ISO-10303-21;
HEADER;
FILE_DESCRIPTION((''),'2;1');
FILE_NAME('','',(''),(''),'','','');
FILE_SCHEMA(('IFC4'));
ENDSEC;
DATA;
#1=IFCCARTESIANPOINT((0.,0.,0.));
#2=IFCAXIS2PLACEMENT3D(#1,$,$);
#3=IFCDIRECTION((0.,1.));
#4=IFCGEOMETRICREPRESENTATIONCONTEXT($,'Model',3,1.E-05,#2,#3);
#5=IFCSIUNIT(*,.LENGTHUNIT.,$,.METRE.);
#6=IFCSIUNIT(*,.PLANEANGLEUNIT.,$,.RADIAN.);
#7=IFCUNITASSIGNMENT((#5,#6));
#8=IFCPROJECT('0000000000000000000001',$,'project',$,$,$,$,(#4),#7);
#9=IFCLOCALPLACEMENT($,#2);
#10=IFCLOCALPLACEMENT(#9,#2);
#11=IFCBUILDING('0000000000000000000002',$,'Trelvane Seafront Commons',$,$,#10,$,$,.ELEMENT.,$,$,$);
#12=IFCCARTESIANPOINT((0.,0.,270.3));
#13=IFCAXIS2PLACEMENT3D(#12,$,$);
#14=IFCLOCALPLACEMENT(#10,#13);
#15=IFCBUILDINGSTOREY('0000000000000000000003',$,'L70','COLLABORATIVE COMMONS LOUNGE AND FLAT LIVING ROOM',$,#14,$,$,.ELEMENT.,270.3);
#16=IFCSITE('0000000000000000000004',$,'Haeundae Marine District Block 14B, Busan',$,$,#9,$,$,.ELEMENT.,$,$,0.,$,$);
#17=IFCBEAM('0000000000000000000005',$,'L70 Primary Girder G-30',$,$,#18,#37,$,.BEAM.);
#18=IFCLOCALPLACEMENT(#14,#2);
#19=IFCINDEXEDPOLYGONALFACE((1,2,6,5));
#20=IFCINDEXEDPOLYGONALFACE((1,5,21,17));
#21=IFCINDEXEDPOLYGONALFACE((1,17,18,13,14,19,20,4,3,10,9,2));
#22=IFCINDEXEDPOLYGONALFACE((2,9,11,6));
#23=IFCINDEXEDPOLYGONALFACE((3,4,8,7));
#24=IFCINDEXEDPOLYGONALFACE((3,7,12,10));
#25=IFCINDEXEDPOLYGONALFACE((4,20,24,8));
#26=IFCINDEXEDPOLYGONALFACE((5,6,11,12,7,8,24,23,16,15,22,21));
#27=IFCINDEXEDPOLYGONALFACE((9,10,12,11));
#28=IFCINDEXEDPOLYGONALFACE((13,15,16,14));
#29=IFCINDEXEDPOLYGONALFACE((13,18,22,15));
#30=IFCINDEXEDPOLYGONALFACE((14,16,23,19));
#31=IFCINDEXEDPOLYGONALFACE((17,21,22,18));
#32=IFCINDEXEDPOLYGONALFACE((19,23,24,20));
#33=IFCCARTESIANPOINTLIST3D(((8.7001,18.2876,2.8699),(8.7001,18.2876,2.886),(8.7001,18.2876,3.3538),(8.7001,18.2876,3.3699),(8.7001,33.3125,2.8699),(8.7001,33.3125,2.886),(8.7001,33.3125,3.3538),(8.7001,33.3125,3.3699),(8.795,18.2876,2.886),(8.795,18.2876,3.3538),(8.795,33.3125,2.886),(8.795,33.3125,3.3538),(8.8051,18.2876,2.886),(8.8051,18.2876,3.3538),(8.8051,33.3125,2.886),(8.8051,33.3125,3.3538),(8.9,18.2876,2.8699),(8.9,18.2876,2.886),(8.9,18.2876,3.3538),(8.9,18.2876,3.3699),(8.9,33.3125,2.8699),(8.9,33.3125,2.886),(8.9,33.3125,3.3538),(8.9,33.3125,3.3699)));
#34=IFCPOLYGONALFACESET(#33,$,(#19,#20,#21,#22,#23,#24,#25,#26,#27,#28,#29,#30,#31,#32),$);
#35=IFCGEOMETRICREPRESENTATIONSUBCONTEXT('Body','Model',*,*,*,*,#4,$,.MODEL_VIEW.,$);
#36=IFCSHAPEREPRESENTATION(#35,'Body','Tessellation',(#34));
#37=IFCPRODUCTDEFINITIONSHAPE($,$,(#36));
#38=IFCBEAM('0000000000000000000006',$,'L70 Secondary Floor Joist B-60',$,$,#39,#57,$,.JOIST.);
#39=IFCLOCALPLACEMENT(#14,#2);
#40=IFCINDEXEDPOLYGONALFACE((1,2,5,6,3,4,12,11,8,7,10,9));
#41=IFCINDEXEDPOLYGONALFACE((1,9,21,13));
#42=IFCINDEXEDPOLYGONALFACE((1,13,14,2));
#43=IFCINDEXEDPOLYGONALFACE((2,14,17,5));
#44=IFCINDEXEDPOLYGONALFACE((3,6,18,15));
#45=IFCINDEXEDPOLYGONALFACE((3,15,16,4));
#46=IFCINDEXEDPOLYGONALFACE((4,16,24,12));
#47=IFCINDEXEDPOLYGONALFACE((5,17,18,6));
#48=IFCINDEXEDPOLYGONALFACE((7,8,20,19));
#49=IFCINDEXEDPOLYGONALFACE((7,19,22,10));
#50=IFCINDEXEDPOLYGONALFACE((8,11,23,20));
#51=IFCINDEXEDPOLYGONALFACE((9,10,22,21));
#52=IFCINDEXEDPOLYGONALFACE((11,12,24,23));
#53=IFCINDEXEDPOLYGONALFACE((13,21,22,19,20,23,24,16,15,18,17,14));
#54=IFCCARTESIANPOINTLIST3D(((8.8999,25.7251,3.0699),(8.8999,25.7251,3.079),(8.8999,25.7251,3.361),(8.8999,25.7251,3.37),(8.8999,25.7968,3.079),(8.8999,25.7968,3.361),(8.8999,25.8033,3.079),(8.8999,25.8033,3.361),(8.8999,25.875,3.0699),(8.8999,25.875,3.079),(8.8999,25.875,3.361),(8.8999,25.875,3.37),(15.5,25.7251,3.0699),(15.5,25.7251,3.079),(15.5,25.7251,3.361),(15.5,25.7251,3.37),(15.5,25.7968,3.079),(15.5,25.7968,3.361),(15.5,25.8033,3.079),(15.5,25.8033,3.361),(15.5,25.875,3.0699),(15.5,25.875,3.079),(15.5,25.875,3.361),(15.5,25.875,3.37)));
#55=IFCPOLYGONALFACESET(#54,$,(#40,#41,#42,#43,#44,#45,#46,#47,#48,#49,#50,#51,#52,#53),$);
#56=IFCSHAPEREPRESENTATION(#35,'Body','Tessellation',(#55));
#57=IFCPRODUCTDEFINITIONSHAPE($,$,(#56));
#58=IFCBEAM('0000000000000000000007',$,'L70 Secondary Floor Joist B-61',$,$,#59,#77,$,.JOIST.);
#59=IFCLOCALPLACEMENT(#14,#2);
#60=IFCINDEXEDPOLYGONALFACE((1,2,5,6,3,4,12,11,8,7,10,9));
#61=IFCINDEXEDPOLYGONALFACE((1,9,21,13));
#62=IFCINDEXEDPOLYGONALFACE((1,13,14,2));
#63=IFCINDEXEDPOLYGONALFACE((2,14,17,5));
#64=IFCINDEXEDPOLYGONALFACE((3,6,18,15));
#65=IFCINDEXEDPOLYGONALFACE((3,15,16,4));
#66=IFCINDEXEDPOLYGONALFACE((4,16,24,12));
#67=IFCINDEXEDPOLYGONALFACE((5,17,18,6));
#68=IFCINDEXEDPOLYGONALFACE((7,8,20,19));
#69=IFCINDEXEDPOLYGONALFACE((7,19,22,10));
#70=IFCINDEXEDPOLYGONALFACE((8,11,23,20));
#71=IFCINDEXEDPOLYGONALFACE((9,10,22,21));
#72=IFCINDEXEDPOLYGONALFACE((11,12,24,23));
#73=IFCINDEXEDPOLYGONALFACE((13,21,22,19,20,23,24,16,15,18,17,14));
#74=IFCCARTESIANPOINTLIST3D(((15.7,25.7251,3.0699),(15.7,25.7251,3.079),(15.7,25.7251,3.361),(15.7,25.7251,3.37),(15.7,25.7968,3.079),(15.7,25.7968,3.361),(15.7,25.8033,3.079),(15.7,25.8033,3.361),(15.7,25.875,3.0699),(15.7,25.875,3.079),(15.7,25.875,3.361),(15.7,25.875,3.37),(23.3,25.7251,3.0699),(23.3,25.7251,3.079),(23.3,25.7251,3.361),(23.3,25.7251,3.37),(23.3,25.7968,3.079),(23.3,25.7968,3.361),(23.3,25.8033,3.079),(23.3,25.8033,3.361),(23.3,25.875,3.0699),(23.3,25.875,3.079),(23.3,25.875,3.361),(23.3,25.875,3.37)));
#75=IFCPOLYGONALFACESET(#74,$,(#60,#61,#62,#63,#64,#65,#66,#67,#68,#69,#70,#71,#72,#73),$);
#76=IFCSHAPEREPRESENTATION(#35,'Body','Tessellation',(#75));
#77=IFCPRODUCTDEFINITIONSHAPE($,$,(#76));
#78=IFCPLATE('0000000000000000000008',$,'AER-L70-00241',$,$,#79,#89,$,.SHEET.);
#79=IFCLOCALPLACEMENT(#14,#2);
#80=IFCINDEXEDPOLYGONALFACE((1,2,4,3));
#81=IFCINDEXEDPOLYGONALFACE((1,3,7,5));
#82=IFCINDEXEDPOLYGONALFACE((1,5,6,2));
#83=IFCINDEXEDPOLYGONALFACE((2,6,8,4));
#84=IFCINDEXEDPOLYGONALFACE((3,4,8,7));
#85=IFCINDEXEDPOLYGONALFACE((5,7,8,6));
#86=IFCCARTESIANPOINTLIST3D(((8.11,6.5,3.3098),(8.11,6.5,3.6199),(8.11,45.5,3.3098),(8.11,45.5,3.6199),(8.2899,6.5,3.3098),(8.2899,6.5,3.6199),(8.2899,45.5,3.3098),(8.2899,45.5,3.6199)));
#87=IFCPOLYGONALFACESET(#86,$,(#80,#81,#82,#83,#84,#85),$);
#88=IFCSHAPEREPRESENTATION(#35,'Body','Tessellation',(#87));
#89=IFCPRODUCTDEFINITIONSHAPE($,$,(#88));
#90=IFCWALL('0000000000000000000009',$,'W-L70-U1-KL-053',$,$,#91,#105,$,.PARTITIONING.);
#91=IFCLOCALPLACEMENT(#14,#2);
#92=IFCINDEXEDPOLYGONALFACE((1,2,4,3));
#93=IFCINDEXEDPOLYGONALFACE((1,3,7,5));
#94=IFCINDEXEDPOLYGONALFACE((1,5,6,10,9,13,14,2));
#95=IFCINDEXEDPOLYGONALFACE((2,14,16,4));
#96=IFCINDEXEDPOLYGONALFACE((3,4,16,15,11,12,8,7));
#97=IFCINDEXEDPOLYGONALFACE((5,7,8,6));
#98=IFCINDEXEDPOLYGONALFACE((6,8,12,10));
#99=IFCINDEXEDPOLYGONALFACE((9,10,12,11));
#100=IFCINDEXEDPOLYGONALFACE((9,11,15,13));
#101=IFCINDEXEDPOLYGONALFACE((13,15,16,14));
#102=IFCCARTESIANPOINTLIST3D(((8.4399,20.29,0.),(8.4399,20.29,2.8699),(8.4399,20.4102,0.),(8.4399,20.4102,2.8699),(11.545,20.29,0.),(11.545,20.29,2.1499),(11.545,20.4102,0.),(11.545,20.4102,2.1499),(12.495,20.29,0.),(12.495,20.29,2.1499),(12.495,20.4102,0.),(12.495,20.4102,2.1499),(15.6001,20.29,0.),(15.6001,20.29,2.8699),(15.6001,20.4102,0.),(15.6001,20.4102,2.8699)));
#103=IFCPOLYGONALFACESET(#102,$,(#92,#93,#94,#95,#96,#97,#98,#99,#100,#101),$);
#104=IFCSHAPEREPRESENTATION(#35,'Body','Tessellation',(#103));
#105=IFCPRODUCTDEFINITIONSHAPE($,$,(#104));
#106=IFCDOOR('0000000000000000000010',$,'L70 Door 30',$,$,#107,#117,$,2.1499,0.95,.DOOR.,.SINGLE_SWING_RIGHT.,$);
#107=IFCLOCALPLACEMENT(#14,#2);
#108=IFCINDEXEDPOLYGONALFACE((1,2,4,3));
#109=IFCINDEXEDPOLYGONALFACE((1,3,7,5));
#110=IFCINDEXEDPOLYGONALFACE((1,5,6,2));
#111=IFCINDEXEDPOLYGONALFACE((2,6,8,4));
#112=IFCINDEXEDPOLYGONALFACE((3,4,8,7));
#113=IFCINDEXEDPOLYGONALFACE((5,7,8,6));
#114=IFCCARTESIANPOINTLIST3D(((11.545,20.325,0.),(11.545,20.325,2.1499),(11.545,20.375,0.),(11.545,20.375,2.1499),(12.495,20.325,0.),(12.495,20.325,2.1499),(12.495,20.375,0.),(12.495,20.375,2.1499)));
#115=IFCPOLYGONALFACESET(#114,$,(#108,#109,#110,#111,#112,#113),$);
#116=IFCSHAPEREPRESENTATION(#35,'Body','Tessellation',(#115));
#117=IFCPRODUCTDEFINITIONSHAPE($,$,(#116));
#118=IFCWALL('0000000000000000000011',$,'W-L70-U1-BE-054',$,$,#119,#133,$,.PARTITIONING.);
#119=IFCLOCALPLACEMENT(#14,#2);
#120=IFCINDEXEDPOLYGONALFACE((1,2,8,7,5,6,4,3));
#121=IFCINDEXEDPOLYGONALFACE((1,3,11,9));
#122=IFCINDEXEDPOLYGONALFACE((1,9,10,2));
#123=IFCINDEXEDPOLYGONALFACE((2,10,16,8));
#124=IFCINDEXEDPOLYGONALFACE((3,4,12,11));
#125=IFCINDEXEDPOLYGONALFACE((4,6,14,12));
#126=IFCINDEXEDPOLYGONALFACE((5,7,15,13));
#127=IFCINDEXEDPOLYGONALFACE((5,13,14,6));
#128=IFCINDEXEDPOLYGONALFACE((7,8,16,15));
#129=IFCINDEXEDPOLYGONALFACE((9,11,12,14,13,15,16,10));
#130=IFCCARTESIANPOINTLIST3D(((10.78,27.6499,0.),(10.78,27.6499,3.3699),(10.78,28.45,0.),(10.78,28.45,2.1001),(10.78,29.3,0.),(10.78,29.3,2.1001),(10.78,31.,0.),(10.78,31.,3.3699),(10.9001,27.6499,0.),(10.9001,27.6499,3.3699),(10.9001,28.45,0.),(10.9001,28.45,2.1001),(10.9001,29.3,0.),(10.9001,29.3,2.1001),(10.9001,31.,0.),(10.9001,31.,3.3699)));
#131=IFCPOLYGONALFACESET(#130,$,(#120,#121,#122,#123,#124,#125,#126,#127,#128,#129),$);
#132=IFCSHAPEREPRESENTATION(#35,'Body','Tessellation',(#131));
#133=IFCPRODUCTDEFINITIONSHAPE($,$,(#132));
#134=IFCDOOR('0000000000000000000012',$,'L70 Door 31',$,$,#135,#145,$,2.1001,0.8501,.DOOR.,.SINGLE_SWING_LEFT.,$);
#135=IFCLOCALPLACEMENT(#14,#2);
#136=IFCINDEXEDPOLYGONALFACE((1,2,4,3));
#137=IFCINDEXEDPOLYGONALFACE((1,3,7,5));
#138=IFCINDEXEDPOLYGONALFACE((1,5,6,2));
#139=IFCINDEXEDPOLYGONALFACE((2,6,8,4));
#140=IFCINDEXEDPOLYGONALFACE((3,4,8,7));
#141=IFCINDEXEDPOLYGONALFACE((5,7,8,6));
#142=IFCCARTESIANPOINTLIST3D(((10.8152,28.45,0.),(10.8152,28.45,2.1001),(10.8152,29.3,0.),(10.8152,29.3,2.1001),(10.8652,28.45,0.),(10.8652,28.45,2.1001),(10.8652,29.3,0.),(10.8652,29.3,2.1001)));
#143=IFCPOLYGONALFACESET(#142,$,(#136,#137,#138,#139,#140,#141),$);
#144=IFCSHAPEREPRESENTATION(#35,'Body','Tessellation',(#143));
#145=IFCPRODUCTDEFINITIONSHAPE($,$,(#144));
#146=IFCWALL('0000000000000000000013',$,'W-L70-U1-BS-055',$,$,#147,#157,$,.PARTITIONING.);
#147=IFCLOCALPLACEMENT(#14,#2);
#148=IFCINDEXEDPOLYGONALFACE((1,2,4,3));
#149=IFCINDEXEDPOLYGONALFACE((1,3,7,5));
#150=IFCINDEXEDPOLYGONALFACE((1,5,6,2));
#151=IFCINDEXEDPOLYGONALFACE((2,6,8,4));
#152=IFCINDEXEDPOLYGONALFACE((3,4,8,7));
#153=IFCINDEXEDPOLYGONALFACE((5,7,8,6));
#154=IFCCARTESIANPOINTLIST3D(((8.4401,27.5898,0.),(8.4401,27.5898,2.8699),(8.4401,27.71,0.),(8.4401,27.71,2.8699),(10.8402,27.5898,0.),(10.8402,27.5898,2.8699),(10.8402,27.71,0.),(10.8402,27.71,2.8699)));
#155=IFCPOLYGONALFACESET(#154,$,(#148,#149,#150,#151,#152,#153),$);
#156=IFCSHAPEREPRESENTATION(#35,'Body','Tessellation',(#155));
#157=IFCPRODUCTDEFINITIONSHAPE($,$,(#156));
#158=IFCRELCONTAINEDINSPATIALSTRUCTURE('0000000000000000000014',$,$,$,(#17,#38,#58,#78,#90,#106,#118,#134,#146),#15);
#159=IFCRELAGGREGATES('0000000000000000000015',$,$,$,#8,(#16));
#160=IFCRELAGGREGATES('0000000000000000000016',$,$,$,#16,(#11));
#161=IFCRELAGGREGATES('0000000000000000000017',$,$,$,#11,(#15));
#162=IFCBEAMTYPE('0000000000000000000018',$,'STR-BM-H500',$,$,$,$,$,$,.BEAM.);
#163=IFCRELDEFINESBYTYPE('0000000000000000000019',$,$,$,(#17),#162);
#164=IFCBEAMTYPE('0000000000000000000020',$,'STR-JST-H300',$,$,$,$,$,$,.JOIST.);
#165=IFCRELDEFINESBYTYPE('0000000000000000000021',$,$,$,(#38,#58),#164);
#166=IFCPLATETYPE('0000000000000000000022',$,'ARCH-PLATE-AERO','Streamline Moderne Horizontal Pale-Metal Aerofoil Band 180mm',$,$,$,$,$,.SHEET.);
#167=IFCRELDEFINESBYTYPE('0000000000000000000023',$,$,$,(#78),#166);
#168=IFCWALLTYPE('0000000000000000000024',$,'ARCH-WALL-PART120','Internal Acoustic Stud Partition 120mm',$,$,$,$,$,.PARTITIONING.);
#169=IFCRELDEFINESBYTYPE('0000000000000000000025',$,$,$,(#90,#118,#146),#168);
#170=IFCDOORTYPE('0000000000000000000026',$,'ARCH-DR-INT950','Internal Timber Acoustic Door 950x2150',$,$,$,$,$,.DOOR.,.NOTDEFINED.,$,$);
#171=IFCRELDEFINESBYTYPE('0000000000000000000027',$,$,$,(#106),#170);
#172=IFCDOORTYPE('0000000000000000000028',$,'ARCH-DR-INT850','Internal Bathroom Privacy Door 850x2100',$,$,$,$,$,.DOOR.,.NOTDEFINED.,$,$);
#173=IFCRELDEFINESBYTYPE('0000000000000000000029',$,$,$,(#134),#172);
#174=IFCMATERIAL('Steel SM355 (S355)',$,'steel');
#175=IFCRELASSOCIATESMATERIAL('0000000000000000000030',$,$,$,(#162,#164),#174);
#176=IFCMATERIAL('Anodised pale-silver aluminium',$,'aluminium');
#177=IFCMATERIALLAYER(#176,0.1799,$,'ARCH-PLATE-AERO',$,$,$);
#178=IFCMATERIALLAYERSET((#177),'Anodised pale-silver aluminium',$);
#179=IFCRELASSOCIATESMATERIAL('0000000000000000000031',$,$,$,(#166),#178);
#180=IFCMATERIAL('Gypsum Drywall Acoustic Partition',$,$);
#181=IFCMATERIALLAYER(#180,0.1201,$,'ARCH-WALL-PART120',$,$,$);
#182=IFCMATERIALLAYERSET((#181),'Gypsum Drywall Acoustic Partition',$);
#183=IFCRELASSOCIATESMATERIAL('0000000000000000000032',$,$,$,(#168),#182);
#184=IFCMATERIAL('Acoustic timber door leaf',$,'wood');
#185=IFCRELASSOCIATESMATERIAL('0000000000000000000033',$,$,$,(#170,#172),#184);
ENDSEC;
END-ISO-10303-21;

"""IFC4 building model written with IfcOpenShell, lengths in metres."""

from ifc_helpers import new_model, si_unit, direction, frame, frame_2d, origin, origin_2d, place, context, subcontext, project, spatial, rectangle, i_section, extrude, source, transform, mapped, material, layer, layer_set, material_profile, profile_set, type_object, element, fill, save


model = new_model("IFC4")

# Units and contexts
model_context = context("Model", 3, precision=1e-05, world=origin(), true_north=direction((0.0, 1.0)))
body_context = subcontext(model_context, "Body", "Model", "MODEL_VIEW")
ifc_project = project(units=[si_unit("LENGTHUNIT", "METRE"), si_unit("PLANEANGLEUNIT", "RADIAN")], contexts=[model_context])

# Site, building, storey
site_placement = place(None, origin())
site = spatial("IfcSite", under=ifc_project, at=site_placement, Name="Haeundae Marine District Block 14B, Busan", CompositionType="ELEMENT", RefElevation=0.0)
building_placement = place(site_placement, origin())
building = spatial("IfcBuilding", under=site, at=building_placement, Name="Trelvane Seafront Commons", CompositionType="ELEMENT")
storey_placement = place(building_placement, frame((0.0, 0.0, 270.3)))
storey = spatial("IfcBuildingStorey", under=building, at=storey_placement, Name="L70", Description="COLLABORATIVE COMMONS LOUNGE AND FLAT LIVING ROOM", CompositionType="ELEMENT", Elevation=270.3)

# Shared definitions
ifc_material_1 = material(Name="Steel SM355 (S355)", Category="steel")

# Beams
ifc_material_profile_1 = material_profile(ifc_material_1, i_section(OverallWidth=0.2, OverallDepth=0.5, WebThickness=0.01, FlangeThickness=0.0161, at=origin_2d()), Name="H-500x200x10x16")
ifc_profile_set_1 = profile_set([ifc_material_profile_1], Name="Steel SM355 (S355)")
beam_type_1 = type_object("IfcBeamType", Name="STR-BM-H500", PredefinedType="BEAM", material=ifc_profile_set_1)
shared_shape_1 = source(origin(), body_context, "Body", "SweptSolid", [
    extrude(i_section(OverallWidth=0.2, OverallDepth=0.5, WebThickness=0.01, FlangeThickness=0.0161, at=origin_2d()), origin(), (0.0, 0.0, 1.0), 15.0249),
])
beam_1_placement = place(storey_placement, frame((8.8, 18.2876, 3.1199), z_axis=(0.0, 1.0, 0.0), x_axis=(-1.0, 0.0, 0.0)))
element("IfcBeam", 1, at=beam_1_placement, inside=storey, type_object=beam_type_1, Name="L70 Primary Girder G-30", PredefinedType="BEAM", context=body_context, shape_type="MappedRepresentation", body=[
    mapped(shared_shape_1, transform((0.0, 0.0, 0.0), x_axis=(1.0, 0.0, 0.0), y_axis=(0.0, 1.0, 0.0), z_axis=(0.0, 0.0, 1.0), scale=1.0)),
])
ifc_material_profile_2 = material_profile(ifc_material_1, i_section(OverallWidth=0.1499, OverallDepth=0.3, WebThickness=0.0066, FlangeThickness=0.009, at=origin_2d()), Name="H-300x150x6.5x9")
ifc_profile_set_2 = profile_set([ifc_material_profile_2], Name="Steel SM355 (S355)")
beam_type_2 = type_object("IfcBeamType", Name="STR-JST-H300", PredefinedType="JOIST", material=ifc_profile_set_2)
shared_shape_2 = source(origin(), body_context, "Body", "SweptSolid", [
    extrude(i_section(OverallWidth=0.1499, OverallDepth=0.3, WebThickness=0.0066, FlangeThickness=0.009, at=origin_2d()), origin(), (0.0, 0.0, 1.0), 6.6001),
])
beam_2_placement = place(storey_placement, frame((8.8999, 25.8, 3.22), z_axis=(1.0, 0.0, 0.0), x_axis=(0.0, 1.0, 0.0)))
element("IfcBeam", 2, at=beam_2_placement, inside=storey, type_object=beam_type_2, Name="L70 Secondary Floor Joist B-60", PredefinedType="JOIST", context=body_context, shape_type="MappedRepresentation", body=[
    mapped(shared_shape_2, transform((0.0, 0.0, 0.0), x_axis=(1.0, 0.0, 0.0), y_axis=(0.0, 1.0, 0.0), z_axis=(0.0, 0.0, 1.0), scale=1.0)),
])
shared_shape_3 = source(origin(), body_context, "Body", "SweptSolid", [
    extrude(i_section(OverallWidth=0.1499, OverallDepth=0.3, WebThickness=0.0066, FlangeThickness=0.009, at=origin_2d()), origin(), (0.0, 0.0, 1.0), 7.6001),
])
beam_3_placement = place(storey_placement, frame((15.7, 25.8, 3.22), z_axis=(1.0, 0.0, 0.0), x_axis=(0.0, 1.0, 0.0)))
element("IfcBeam", 3, at=beam_3_placement, inside=storey, type_object=beam_type_2, Name="L70 Secondary Floor Joist B-61", PredefinedType="JOIST", context=body_context, shape_type="MappedRepresentation", body=[
    mapped(shared_shape_3, transform((0.0, 0.0, 0.0), x_axis=(1.0, 0.0, 0.0), y_axis=(0.0, 1.0, 0.0), z_axis=(0.0, 0.0, 1.0), scale=1.0)),
])

# Plate
ifc_material_2 = material(Name="Anodised pale-silver aluminium", Category="aluminium")
ifc_layer_1 = layer(ifc_material_2, 0.1799, Name="ARCH-PLATE-AERO")
ifc_layer_set_1 = layer_set([ifc_layer_1], Name="Anodised pale-silver aluminium")
plate_type = type_object("IfcPlateType", Name="ARCH-PLATE-AERO", Description="Streamline Moderne Horizontal Pale-Metal Aerofoil Band 180mm", PredefinedType="SHEET", material=ifc_layer_set_1)
shared_shape_4 = source(origin(), body_context, "Body", "SweptSolid", [
    extrude(rectangle(XDim=39.0, YDim=0.1799, at=origin_2d()), origin(), (0.0, 0.0, 1.0), 0.3101),
])
plate_placement = place(storey_placement, frame((8.2, 26.0, 3.3098), z_axis=(0.0, 0.0, 1.0), x_axis=(0.0, 1.0, 0.0)))
element("IfcPlate", 4, at=plate_placement, inside=storey, type_object=plate_type, Name="AER-L70-00241", PredefinedType="SHEET", context=body_context, shape_type="MappedRepresentation", body=[
    mapped(shared_shape_4, transform((0.0, 0.0, 0.0), x_axis=(1.0, 0.0, 0.0), y_axis=(0.0, 1.0, 0.0), z_axis=(0.0, 0.0, 1.0), scale=1.0)),
])

# Walls, openings, doors
ifc_material_3 = material(Name="Gypsum Drywall Acoustic Partition")
ifc_layer_2 = layer(ifc_material_3, 0.1201, Name="ARCH-WALL-PART120")
ifc_layer_set_2 = layer_set([ifc_layer_2], Name="Gypsum Drywall Acoustic Partition")
wall_type_1 = type_object("IfcWallType", Name="ARCH-WALL-PART120", Description="Internal Acoustic Stud Partition 120mm", PredefinedType="PARTITIONING", material=ifc_layer_set_2)
wall_1_placement = place(storey_placement, frame((8.4399, 20.3501, 0.0), z_axis=(0.0, 0.0, 1.0), x_axis=(1.0, 0.0, 0.0)))
wall_1 = element("IfcWall", 5, at=wall_1_placement, inside=storey, type_object=wall_type_1, Name="W-L70-U1-KL-053", PredefinedType="PARTITIONING", context=body_context, shape_type="SweptSolid", body=[
    extrude(rectangle(XDim=7.1602, YDim=0.1201, at=frame_2d((3.5801, 0.0))), origin(), (0.0, 0.0, 1.0), 2.8699),
])
opening_1_placement = place(wall_1_placement, frame((3.105, 0.0, 0.0)))
opening_1 = element("IfcOpeningElement", 6, at=opening_1_placement, cuts=wall_1, PredefinedType="OPENING", context=body_context, shape_type="SweptSolid", body=[
    extrude(rectangle(XDim=0.95, YDim=2.1499, at=frame_2d((0.4751, 1.075))), frame((0.0, 0.0701, 0.0), z_axis=(0.0, -1.0, 0.0), x_axis=(1.0, 0.0, 0.0)), (0.0, 0.0, 1.0), 0.1401),
])
ifc_material_4 = material(Name="Acoustic timber door leaf", Category="wood")
door_type_1 = type_object("IfcDoorType", Name="ARCH-DR-INT950", Description="Internal Timber Acoustic Door 950x2150", OperationType="NOTDEFINED", PredefinedType="DOOR", material=ifc_material_4)
shared_shape_5 = source(origin(), body_context, "Body", "SweptSolid", [
    extrude(rectangle(XDim=0.95, YDim=2.1499, at=frame_2d((0.4751, 1.075))), frame((0.0, 0.0249, 0.0), z_axis=(0.0, -1.0, 0.0), x_axis=(1.0, 0.0, 0.0)), (0.0, 0.0, 1.0), 0.05),
])
door_1_placement = place(opening_1_placement, origin())
door_1 = element("IfcDoor", 7, at=door_1_placement, inside=storey, type_object=door_type_1, Name="L70 Door 30", OperationType="SINGLE_SWING_RIGHT", OverallHeight=2.1499, OverallWidth=0.95, PredefinedType="DOOR", context=body_context, shape_type="MappedRepresentation", body=[
    mapped(shared_shape_5, transform((0.0, 0.0, 0.0), x_axis=(1.0, 0.0, 0.0), y_axis=(0.0, 1.0, 0.0), z_axis=(0.0, 0.0, 1.0), scale=1.0)),
])
fill(opening_1, door_1)
wall_2_placement = place(storey_placement, frame((10.8401, 27.6499, 0.0), z_axis=(0.0, 0.0, 1.0), x_axis=(0.0, 1.0, 0.0)))
wall_2 = element("IfcWall", 8, at=wall_2_placement, inside=storey, type_object=wall_type_1, Name="W-L70-U1-BE-054", PredefinedType="PARTITIONING", context=body_context, shape_type="SweptSolid", body=[
    extrude(rectangle(XDim=3.3501, YDim=0.1201, at=frame_2d((1.675, 0.0))), origin(), (0.0, 0.0, 1.0), 3.3699),
])
opening_2_placement = place(wall_2_placement, frame((0.8, 0.0, 0.0)))
opening_2 = element("IfcOpeningElement", 9, at=opening_2_placement, cuts=wall_2, PredefinedType="OPENING", context=body_context, shape_type="SweptSolid", body=[
    extrude(rectangle(XDim=0.8501, YDim=2.1001, at=frame_2d((0.425, 1.05))), frame((0.0, 0.0701, 0.0), z_axis=(0.0, -1.0, 0.0), x_axis=(1.0, 0.0, 0.0)), (0.0, 0.0, 1.0), 0.1401),
])
door_type_2 = type_object("IfcDoorType", Name="ARCH-DR-INT850", Description="Internal Bathroom Privacy Door 850x2100", OperationType="NOTDEFINED", PredefinedType="DOOR", material=ifc_material_4)
shared_shape_6 = source(origin(), body_context, "Body", "SweptSolid", [
    extrude(rectangle(XDim=0.8501, YDim=2.1001, at=frame_2d((0.425, 1.05))), frame((0.0, 0.0249, 0.0), z_axis=(0.0, -1.0, 0.0), x_axis=(1.0, 0.0, 0.0)), (0.0, 0.0, 1.0), 0.05),
])
door_2_placement = place(opening_2_placement, origin())
door_2 = element("IfcDoor", 10, at=door_2_placement, inside=storey, type_object=door_type_2, Name="L70 Door 31", OperationType="SINGLE_SWING_LEFT", OverallHeight=2.1001, OverallWidth=0.8501, PredefinedType="DOOR", context=body_context, shape_type="MappedRepresentation", body=[
    mapped(shared_shape_6, transform((0.0, 0.0, 0.0), x_axis=(1.0, 0.0, 0.0), y_axis=(0.0, 1.0, 0.0), z_axis=(0.0, 0.0, 1.0), scale=1.0)),
])
fill(opening_2, door_2)

# Wall
wall_3_placement = place(storey_placement, frame((8.4399, 27.6499, 0.0), z_axis=(0.0, 0.0, 1.0), x_axis=(1.0, 0.0, 0.0)))
element("IfcWall", 11, at=wall_3_placement, inside=storey, type_object=wall_type_1, Name="W-L70-U1-BS-055", PredefinedType="PARTITIONING", context=body_context, shape_type="SweptSolid", body=[
    extrude(rectangle(XDim=2.4001, YDim=0.1201, at=frame_2d((1.2002, 0.0))), origin(), (0.0, 0.0, 1.0), 2.8699),
])

save(model, "model.ifc")
